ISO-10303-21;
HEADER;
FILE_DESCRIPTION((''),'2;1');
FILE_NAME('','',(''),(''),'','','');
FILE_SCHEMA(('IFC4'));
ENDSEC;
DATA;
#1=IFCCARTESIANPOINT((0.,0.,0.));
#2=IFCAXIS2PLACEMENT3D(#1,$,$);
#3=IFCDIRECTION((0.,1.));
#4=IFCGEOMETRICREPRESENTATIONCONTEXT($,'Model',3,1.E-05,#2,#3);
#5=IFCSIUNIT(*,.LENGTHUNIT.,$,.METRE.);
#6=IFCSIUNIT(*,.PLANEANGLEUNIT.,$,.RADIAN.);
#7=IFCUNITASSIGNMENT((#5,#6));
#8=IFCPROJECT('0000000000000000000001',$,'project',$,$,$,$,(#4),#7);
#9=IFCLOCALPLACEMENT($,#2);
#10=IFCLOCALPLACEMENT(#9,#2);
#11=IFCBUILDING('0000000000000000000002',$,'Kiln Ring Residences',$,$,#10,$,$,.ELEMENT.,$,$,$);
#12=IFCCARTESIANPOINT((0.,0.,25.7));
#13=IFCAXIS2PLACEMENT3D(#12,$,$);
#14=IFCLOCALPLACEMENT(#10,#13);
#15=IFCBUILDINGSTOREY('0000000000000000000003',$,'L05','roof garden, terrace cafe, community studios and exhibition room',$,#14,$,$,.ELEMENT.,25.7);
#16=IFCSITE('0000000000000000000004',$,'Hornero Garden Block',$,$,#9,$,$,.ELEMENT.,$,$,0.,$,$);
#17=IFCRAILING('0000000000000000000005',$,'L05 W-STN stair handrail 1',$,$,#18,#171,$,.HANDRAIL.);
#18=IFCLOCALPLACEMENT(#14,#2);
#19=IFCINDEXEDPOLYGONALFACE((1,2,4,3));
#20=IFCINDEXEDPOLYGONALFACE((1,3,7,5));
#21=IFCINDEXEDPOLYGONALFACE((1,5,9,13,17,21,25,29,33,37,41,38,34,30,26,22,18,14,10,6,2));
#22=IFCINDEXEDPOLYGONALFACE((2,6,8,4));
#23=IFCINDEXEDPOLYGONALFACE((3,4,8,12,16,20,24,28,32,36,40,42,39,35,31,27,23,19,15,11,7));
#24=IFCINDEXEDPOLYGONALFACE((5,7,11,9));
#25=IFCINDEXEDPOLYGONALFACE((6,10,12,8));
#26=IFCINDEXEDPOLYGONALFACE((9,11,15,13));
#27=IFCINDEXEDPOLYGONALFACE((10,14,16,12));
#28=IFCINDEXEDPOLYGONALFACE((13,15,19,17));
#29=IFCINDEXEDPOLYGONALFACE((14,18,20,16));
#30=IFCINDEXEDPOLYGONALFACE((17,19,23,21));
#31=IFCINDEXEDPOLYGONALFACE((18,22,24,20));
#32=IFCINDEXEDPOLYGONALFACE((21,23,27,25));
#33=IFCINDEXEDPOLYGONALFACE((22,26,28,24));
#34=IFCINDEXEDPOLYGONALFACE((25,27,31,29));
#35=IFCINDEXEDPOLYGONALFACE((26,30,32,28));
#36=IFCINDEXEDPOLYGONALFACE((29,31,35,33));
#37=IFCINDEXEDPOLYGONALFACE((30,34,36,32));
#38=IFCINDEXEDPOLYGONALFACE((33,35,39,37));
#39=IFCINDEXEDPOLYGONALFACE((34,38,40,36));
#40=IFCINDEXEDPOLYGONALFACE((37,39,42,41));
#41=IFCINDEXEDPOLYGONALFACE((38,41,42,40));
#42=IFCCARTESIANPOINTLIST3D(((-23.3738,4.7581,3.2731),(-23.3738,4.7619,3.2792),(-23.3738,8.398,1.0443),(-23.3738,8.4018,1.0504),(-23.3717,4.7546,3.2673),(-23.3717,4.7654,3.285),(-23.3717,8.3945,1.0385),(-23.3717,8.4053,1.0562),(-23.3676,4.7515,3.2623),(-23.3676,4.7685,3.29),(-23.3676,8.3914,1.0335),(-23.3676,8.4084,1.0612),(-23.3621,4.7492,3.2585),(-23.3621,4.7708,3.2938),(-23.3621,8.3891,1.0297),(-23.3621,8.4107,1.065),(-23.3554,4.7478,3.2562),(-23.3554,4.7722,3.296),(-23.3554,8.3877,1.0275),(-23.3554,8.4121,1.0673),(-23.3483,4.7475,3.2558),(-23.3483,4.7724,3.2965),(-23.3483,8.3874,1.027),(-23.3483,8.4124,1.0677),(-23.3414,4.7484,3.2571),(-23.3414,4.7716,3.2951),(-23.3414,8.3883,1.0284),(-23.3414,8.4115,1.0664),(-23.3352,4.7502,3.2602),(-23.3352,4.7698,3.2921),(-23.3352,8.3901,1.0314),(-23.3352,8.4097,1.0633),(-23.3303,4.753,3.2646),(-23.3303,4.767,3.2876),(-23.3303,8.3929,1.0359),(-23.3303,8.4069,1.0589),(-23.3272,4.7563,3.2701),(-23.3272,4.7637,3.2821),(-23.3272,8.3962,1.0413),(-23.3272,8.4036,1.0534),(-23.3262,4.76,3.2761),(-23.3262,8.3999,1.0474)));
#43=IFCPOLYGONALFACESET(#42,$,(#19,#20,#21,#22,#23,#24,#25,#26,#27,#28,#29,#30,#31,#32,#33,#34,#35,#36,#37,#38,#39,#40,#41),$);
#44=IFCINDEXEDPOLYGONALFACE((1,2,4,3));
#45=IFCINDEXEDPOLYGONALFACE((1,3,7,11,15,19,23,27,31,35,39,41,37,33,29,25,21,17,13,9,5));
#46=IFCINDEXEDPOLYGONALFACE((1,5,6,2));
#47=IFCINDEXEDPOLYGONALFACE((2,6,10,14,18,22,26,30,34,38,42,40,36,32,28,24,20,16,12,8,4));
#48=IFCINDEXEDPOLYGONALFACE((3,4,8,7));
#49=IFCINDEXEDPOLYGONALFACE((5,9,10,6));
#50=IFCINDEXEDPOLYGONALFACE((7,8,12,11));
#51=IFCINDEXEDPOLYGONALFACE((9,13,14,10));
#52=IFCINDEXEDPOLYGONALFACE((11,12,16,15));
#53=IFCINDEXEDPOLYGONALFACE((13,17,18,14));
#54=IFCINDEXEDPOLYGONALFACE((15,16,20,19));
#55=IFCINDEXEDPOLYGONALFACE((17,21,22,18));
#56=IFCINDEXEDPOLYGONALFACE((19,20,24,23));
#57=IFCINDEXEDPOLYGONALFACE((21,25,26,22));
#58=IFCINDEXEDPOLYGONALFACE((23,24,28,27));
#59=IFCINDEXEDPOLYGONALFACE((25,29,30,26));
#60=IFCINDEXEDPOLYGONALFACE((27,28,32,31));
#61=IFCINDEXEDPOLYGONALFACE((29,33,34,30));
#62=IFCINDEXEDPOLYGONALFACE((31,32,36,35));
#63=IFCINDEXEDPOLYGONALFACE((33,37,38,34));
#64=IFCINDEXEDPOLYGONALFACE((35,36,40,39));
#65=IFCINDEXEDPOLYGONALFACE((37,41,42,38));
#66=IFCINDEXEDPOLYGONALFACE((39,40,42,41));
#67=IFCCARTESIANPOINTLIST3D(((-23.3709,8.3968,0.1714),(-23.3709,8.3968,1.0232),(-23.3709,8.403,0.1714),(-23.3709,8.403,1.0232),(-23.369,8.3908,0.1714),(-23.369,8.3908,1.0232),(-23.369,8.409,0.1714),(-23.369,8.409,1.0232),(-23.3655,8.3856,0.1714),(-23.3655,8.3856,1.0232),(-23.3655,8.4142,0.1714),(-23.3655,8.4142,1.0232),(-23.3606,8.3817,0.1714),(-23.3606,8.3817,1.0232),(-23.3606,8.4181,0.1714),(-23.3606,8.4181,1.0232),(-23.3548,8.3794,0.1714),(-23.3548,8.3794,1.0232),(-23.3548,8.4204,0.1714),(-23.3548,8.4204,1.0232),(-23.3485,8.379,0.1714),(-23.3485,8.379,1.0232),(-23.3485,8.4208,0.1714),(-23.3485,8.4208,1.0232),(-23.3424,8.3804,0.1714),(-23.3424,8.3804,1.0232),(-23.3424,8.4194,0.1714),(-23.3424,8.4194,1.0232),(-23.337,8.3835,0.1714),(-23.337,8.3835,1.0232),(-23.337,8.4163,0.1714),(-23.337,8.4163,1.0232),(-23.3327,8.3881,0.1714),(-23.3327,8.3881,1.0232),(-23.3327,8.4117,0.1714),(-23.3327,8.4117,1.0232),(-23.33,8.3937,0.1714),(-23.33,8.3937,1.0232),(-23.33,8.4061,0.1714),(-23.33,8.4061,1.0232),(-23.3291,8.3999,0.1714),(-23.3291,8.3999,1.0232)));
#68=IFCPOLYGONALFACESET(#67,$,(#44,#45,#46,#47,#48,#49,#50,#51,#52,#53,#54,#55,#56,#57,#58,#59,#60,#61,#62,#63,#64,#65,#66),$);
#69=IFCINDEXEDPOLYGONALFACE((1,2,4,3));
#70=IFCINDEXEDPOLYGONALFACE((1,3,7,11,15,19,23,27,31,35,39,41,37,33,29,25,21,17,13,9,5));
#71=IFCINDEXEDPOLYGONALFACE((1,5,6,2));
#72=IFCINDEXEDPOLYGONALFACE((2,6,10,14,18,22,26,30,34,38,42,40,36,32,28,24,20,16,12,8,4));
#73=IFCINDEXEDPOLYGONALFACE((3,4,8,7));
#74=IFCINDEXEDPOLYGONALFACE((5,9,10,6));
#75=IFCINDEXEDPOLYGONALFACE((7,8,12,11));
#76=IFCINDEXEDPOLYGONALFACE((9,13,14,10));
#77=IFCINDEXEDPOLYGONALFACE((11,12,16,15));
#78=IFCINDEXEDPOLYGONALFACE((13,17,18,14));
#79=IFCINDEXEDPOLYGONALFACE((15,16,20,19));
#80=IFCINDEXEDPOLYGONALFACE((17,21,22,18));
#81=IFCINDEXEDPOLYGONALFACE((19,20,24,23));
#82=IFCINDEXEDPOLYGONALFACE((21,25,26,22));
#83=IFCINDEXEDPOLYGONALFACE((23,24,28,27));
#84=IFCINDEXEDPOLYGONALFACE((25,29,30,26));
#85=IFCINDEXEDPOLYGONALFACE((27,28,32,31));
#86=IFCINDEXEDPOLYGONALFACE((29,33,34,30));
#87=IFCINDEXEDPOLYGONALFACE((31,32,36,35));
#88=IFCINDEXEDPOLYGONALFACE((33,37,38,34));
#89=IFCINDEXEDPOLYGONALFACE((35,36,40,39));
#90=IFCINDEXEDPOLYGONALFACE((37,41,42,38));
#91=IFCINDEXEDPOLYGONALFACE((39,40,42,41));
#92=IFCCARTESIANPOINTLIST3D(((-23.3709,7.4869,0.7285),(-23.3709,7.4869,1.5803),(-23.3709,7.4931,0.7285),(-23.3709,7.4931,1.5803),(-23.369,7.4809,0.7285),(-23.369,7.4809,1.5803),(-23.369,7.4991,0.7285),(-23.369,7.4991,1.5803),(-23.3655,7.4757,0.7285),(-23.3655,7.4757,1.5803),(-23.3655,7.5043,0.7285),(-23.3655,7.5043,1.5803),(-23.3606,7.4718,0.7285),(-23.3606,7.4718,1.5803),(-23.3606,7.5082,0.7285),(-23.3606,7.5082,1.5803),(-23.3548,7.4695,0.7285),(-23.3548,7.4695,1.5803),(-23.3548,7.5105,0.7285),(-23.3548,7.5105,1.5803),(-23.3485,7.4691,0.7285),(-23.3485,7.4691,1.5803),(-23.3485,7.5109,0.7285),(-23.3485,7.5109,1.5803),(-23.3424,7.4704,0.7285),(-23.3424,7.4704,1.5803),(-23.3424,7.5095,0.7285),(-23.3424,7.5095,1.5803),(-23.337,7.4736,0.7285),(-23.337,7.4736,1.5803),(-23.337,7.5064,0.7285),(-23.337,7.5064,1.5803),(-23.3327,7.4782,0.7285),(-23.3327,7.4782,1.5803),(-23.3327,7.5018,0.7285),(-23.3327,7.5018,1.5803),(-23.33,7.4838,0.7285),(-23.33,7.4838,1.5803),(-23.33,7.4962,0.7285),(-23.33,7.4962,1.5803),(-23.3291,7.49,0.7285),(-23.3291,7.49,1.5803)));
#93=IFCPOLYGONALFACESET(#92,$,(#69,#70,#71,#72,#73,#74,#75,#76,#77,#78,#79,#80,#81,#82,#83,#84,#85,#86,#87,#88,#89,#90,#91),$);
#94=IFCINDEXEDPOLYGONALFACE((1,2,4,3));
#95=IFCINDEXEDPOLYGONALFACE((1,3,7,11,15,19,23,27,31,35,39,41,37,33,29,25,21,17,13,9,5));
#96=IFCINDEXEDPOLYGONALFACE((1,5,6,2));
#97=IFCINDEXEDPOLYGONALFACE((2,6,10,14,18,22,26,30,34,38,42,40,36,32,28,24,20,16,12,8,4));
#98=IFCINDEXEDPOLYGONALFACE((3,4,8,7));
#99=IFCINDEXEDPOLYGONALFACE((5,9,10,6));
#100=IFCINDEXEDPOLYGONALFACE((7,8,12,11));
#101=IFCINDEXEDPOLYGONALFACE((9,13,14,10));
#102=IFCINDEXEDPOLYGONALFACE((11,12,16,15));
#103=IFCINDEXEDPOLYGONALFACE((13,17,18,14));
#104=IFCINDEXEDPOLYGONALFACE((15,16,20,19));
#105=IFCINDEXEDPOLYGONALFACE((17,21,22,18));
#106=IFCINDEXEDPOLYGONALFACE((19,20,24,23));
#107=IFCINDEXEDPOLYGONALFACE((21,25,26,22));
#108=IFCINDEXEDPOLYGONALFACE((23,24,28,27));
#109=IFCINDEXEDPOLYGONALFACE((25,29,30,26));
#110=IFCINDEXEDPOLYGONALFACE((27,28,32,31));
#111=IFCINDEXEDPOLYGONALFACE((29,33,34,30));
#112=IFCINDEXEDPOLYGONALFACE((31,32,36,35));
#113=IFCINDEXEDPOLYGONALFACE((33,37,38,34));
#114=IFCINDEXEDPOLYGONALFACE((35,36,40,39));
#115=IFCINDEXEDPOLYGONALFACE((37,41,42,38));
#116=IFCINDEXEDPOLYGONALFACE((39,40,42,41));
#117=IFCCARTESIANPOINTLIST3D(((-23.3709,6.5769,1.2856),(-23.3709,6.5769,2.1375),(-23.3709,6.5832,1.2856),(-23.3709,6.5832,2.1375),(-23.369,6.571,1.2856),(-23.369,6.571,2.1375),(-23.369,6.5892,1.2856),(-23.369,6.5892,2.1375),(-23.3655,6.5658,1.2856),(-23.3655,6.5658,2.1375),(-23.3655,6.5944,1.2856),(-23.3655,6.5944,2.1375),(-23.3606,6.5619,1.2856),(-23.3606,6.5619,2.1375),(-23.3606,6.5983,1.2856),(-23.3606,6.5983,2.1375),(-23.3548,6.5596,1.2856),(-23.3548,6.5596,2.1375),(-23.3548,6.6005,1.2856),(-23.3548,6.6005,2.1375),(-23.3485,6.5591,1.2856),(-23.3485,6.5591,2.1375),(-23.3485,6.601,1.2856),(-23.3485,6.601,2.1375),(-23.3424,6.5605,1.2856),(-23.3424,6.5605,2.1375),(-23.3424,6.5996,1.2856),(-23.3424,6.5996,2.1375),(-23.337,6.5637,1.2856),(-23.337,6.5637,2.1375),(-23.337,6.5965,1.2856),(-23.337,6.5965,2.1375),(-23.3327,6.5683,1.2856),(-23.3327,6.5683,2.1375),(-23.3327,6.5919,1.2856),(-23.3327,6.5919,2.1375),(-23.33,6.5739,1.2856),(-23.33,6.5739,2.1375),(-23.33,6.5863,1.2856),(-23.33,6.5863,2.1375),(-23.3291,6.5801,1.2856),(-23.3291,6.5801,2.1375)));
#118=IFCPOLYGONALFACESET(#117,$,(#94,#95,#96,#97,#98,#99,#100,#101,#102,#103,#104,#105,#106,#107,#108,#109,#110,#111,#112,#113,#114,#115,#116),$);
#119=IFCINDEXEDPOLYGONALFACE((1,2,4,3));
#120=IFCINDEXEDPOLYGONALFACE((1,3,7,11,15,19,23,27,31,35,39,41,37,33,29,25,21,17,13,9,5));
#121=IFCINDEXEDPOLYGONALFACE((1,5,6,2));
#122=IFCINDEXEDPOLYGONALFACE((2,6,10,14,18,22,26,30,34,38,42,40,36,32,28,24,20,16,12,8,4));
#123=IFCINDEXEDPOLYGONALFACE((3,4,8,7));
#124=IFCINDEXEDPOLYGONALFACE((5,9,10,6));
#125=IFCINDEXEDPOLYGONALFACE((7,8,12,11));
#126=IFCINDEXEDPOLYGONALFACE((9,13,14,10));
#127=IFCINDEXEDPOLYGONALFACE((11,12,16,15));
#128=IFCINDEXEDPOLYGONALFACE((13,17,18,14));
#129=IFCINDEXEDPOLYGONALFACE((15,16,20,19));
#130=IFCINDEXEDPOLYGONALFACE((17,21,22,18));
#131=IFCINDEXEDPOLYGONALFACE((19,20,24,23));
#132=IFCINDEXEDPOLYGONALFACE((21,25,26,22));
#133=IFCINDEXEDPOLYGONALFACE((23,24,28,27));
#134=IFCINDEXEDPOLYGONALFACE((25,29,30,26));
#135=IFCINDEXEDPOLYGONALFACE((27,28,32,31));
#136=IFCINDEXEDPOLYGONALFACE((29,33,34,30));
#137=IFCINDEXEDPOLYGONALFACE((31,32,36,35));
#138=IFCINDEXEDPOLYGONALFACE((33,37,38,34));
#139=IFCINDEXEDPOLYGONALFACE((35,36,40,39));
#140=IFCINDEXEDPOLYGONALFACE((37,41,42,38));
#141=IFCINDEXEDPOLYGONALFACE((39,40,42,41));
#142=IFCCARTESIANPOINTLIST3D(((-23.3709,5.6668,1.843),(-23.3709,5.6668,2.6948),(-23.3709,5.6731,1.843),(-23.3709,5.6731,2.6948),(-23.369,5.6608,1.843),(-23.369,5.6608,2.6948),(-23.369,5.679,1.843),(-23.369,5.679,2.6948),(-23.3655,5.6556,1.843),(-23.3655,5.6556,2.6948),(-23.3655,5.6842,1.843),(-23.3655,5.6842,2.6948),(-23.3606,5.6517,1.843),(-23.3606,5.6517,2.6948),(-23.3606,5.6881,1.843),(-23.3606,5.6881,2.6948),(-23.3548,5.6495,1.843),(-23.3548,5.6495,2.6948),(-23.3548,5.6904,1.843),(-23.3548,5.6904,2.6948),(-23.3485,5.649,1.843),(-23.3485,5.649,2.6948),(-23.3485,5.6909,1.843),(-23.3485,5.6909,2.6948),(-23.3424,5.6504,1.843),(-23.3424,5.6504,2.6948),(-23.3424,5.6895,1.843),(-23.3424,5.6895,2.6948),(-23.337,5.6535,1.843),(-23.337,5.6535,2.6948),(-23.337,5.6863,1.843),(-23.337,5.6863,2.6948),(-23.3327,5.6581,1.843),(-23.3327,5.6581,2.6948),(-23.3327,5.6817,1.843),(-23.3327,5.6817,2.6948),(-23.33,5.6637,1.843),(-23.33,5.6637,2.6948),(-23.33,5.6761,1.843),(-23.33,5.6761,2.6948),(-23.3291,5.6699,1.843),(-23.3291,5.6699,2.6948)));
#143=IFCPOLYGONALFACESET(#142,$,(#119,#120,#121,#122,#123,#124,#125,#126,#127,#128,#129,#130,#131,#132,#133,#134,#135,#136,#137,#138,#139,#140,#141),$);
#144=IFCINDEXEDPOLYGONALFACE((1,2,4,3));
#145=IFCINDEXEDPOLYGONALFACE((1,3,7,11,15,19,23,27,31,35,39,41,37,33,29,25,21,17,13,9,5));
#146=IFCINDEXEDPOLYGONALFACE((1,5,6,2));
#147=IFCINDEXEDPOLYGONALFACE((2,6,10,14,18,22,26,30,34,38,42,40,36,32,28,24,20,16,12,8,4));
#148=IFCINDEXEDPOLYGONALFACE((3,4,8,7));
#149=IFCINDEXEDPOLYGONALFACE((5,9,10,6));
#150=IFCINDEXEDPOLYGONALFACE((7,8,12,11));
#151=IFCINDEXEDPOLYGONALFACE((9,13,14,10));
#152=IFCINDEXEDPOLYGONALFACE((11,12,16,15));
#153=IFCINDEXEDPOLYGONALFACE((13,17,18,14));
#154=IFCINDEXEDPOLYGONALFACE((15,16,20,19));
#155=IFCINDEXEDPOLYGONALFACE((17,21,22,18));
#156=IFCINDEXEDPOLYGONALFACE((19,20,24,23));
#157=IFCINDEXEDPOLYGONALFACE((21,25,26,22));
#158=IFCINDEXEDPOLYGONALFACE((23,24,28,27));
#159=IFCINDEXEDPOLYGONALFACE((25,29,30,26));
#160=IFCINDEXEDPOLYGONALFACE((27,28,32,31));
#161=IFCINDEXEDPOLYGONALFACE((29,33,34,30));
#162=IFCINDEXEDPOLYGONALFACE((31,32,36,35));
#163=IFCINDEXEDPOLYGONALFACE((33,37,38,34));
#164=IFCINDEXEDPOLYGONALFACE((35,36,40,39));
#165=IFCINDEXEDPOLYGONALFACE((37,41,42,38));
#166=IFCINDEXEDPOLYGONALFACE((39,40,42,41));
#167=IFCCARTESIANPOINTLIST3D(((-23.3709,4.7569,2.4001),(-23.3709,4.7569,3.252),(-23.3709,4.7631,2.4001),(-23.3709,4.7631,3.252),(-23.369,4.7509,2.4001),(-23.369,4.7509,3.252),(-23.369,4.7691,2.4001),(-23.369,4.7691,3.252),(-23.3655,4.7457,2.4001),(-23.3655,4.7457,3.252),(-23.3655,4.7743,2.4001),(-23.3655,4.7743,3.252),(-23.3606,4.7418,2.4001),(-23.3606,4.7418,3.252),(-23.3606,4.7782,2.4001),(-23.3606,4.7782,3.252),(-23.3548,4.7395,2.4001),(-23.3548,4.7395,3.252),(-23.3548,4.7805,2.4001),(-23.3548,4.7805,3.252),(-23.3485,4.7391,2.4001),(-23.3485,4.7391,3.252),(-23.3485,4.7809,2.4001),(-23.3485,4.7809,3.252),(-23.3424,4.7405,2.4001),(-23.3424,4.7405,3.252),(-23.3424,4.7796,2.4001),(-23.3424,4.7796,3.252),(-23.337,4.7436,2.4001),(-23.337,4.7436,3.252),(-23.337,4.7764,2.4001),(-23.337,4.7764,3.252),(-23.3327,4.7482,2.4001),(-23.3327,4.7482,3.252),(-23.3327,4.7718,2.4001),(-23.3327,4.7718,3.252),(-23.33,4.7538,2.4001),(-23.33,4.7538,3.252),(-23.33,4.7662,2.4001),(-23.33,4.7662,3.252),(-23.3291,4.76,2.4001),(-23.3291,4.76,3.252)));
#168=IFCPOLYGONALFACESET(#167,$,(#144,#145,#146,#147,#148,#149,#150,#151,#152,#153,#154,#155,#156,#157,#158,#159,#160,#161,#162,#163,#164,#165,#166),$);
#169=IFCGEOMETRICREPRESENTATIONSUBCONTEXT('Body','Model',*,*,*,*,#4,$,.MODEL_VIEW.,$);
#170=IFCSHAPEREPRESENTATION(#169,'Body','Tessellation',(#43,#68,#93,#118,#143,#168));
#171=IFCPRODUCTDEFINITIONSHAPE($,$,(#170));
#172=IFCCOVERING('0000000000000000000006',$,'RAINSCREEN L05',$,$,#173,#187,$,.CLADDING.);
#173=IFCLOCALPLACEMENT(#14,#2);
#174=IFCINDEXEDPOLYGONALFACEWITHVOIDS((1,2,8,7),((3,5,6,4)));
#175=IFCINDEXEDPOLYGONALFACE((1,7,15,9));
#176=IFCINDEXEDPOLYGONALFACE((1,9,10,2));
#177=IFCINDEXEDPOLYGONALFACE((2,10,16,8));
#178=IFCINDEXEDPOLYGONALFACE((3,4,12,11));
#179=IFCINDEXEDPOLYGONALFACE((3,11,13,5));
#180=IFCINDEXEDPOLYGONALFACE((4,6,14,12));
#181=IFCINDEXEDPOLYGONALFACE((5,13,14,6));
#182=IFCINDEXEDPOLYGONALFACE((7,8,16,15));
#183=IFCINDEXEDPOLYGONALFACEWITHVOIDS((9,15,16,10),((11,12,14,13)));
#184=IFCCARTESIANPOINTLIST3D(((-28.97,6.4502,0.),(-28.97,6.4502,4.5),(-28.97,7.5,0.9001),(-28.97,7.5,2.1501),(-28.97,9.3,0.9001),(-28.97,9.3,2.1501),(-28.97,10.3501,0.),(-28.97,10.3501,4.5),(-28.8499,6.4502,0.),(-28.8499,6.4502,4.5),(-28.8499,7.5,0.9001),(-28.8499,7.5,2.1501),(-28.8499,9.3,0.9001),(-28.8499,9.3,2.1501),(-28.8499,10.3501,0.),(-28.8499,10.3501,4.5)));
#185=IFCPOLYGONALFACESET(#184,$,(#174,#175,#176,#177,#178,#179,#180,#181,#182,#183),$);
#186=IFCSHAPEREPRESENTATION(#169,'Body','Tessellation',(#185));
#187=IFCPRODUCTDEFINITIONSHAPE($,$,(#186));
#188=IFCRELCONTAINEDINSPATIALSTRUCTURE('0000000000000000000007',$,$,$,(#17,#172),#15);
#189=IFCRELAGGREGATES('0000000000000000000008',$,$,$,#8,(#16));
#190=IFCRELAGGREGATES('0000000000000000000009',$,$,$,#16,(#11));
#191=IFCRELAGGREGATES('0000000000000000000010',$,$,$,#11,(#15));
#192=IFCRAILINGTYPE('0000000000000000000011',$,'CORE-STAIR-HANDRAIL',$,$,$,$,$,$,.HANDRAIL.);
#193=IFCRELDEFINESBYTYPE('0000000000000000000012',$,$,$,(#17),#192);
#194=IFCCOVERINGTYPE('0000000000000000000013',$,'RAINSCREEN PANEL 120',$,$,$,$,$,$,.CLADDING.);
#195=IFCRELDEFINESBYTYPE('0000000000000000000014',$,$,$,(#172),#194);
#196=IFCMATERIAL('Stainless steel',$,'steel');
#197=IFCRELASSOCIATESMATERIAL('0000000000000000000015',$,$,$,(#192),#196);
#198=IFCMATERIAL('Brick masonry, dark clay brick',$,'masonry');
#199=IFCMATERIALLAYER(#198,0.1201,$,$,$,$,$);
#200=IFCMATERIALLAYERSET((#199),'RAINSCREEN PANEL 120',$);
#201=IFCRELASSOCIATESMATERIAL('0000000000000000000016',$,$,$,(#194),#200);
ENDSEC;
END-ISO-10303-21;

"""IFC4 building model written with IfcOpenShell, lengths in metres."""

from ifc_helpers import new_model, si_unit, direction, frame, origin, origin_2d, place, context, subcontext, project, spatial, polyline, circle, outline, extrude, material, layer, layer_set, type_object, element, save


model = new_model("IFC4")

# Units and contexts
model_context = context("Model", 3, precision=1e-05, world=origin(), true_north=direction((0.0, 1.0)))
body_context = subcontext(model_context, "Body", "Model", "MODEL_VIEW")
ifc_project = project(units=[si_unit("LENGTHUNIT", "METRE"), si_unit("PLANEANGLEUNIT", "RADIAN")], contexts=[model_context])

# Site, building, storey
site_placement = place(None, origin())
site = spatial("IfcSite", under=ifc_project, at=site_placement, Name="Hornero Garden Block", CompositionType="ELEMENT", RefElevation=0.0)
building_placement = place(site_placement, origin())
building = spatial("IfcBuilding", under=site, at=building_placement, Name="Kiln Ring Residences", CompositionType="ELEMENT")
storey_placement = place(building_placement, frame((0.0, 0.0, 25.7)))
storey = spatial("IfcBuildingStorey", under=building, at=storey_placement, Name="L05", Description="roof garden, terrace cafe, community studios and exhibition room", CompositionType="ELEMENT", Elevation=25.7)

# Railing
ifc_material_1 = material(Name="Stainless steel", Category="steel")
railing_type_1 = type_object("IfcRailingType", Name="CORE-STAIR-HANDRAIL", PredefinedType="HANDRAIL", material=ifc_material_1)
railing_1_placement = place(storey_placement, frame((-23.3501, 8.3999, 0.1714)))
element("IfcRailing", 1, at=railing_1_placement, inside=storey, type_object=railing_type_1, Name="L05 W-STN stair handrail 1", PredefinedType="HANDRAIL", context=body_context, shape_type="SweptSolid", body=[
    extrude(circle(Radius=0.0239, at=origin_2d()), frame((0.0, 0.0, 0.876), z_axis=(0.0, -0.852825, 0.522197), x_axis=(1.0, 0.0, 0.0)), (0.0, 0.0, 1.0), 4.2681),
    extrude(circle(Radius=0.021, at=origin_2d()), origin(), (0.0, 0.0, 1.0), 0.8518),
    extrude(circle(Radius=0.021, at=origin_2d()), frame((0.0, -0.9099, 0.5571)), (0.0, 0.0, 1.0), 0.8518),
    extrude(circle(Radius=0.021, at=origin_2d()), frame((0.0, -1.8198, 1.1143)), (0.0, 0.0, 1.0), 0.8518),
    extrude(circle(Radius=0.021, at=origin_2d()), frame((0.0, -2.73, 1.6716)), (0.0, 0.0, 1.0), 0.8518),
    extrude(circle(Radius=0.021, at=origin_2d()), frame((0.0, -3.6399, 2.2288)), (0.0, 0.0, 1.0), 0.8518),
])

# Covering
ifc_material_2 = material(Name="Brick masonry, dark clay brick", Category="masonry")
ifc_layer_1 = layer(ifc_material_2, 0.1201)
ifc_layer_set_1 = layer_set([ifc_layer_1], Name="RAINSCREEN PANEL 120")
covering_type = type_object("IfcCoveringType", Name="RAINSCREEN PANEL 120", PredefinedType="CLADDING", material=ifc_layer_set_1)
covering_placement = place(storey_placement, frame((-28.9099, 10.3501, 0.0), z_axis=(0.0, 0.0, 1.0), x_axis=(0.0, -1.0, 0.0)))
element("IfcCovering", 2, at=covering_placement, inside=storey, type_object=covering_type, Name="RAINSCREEN L05", PredefinedType="CLADDING", context=body_context, shape_type="SweptSolid", body=[
    extrude(outline(polyline([(0.0, 0.0), (3.8999, 0.0), (3.8999, 4.5), (0.0, 4.5), (0.0, 0.0)]), holes=[polyline([(1.05, 2.1501), (1.05, 0.9001), (2.8501, 0.9001), (2.8501, 2.1501), (1.05, 2.1501)])]), frame((0.0, 0.0601, 0.0), z_axis=(0.0, -1.0, 0.0), x_axis=(1.0, 0.0, 0.0)), (0.0, 0.0, 1.0), 0.1201),
])

save(model, "model.ifc")
